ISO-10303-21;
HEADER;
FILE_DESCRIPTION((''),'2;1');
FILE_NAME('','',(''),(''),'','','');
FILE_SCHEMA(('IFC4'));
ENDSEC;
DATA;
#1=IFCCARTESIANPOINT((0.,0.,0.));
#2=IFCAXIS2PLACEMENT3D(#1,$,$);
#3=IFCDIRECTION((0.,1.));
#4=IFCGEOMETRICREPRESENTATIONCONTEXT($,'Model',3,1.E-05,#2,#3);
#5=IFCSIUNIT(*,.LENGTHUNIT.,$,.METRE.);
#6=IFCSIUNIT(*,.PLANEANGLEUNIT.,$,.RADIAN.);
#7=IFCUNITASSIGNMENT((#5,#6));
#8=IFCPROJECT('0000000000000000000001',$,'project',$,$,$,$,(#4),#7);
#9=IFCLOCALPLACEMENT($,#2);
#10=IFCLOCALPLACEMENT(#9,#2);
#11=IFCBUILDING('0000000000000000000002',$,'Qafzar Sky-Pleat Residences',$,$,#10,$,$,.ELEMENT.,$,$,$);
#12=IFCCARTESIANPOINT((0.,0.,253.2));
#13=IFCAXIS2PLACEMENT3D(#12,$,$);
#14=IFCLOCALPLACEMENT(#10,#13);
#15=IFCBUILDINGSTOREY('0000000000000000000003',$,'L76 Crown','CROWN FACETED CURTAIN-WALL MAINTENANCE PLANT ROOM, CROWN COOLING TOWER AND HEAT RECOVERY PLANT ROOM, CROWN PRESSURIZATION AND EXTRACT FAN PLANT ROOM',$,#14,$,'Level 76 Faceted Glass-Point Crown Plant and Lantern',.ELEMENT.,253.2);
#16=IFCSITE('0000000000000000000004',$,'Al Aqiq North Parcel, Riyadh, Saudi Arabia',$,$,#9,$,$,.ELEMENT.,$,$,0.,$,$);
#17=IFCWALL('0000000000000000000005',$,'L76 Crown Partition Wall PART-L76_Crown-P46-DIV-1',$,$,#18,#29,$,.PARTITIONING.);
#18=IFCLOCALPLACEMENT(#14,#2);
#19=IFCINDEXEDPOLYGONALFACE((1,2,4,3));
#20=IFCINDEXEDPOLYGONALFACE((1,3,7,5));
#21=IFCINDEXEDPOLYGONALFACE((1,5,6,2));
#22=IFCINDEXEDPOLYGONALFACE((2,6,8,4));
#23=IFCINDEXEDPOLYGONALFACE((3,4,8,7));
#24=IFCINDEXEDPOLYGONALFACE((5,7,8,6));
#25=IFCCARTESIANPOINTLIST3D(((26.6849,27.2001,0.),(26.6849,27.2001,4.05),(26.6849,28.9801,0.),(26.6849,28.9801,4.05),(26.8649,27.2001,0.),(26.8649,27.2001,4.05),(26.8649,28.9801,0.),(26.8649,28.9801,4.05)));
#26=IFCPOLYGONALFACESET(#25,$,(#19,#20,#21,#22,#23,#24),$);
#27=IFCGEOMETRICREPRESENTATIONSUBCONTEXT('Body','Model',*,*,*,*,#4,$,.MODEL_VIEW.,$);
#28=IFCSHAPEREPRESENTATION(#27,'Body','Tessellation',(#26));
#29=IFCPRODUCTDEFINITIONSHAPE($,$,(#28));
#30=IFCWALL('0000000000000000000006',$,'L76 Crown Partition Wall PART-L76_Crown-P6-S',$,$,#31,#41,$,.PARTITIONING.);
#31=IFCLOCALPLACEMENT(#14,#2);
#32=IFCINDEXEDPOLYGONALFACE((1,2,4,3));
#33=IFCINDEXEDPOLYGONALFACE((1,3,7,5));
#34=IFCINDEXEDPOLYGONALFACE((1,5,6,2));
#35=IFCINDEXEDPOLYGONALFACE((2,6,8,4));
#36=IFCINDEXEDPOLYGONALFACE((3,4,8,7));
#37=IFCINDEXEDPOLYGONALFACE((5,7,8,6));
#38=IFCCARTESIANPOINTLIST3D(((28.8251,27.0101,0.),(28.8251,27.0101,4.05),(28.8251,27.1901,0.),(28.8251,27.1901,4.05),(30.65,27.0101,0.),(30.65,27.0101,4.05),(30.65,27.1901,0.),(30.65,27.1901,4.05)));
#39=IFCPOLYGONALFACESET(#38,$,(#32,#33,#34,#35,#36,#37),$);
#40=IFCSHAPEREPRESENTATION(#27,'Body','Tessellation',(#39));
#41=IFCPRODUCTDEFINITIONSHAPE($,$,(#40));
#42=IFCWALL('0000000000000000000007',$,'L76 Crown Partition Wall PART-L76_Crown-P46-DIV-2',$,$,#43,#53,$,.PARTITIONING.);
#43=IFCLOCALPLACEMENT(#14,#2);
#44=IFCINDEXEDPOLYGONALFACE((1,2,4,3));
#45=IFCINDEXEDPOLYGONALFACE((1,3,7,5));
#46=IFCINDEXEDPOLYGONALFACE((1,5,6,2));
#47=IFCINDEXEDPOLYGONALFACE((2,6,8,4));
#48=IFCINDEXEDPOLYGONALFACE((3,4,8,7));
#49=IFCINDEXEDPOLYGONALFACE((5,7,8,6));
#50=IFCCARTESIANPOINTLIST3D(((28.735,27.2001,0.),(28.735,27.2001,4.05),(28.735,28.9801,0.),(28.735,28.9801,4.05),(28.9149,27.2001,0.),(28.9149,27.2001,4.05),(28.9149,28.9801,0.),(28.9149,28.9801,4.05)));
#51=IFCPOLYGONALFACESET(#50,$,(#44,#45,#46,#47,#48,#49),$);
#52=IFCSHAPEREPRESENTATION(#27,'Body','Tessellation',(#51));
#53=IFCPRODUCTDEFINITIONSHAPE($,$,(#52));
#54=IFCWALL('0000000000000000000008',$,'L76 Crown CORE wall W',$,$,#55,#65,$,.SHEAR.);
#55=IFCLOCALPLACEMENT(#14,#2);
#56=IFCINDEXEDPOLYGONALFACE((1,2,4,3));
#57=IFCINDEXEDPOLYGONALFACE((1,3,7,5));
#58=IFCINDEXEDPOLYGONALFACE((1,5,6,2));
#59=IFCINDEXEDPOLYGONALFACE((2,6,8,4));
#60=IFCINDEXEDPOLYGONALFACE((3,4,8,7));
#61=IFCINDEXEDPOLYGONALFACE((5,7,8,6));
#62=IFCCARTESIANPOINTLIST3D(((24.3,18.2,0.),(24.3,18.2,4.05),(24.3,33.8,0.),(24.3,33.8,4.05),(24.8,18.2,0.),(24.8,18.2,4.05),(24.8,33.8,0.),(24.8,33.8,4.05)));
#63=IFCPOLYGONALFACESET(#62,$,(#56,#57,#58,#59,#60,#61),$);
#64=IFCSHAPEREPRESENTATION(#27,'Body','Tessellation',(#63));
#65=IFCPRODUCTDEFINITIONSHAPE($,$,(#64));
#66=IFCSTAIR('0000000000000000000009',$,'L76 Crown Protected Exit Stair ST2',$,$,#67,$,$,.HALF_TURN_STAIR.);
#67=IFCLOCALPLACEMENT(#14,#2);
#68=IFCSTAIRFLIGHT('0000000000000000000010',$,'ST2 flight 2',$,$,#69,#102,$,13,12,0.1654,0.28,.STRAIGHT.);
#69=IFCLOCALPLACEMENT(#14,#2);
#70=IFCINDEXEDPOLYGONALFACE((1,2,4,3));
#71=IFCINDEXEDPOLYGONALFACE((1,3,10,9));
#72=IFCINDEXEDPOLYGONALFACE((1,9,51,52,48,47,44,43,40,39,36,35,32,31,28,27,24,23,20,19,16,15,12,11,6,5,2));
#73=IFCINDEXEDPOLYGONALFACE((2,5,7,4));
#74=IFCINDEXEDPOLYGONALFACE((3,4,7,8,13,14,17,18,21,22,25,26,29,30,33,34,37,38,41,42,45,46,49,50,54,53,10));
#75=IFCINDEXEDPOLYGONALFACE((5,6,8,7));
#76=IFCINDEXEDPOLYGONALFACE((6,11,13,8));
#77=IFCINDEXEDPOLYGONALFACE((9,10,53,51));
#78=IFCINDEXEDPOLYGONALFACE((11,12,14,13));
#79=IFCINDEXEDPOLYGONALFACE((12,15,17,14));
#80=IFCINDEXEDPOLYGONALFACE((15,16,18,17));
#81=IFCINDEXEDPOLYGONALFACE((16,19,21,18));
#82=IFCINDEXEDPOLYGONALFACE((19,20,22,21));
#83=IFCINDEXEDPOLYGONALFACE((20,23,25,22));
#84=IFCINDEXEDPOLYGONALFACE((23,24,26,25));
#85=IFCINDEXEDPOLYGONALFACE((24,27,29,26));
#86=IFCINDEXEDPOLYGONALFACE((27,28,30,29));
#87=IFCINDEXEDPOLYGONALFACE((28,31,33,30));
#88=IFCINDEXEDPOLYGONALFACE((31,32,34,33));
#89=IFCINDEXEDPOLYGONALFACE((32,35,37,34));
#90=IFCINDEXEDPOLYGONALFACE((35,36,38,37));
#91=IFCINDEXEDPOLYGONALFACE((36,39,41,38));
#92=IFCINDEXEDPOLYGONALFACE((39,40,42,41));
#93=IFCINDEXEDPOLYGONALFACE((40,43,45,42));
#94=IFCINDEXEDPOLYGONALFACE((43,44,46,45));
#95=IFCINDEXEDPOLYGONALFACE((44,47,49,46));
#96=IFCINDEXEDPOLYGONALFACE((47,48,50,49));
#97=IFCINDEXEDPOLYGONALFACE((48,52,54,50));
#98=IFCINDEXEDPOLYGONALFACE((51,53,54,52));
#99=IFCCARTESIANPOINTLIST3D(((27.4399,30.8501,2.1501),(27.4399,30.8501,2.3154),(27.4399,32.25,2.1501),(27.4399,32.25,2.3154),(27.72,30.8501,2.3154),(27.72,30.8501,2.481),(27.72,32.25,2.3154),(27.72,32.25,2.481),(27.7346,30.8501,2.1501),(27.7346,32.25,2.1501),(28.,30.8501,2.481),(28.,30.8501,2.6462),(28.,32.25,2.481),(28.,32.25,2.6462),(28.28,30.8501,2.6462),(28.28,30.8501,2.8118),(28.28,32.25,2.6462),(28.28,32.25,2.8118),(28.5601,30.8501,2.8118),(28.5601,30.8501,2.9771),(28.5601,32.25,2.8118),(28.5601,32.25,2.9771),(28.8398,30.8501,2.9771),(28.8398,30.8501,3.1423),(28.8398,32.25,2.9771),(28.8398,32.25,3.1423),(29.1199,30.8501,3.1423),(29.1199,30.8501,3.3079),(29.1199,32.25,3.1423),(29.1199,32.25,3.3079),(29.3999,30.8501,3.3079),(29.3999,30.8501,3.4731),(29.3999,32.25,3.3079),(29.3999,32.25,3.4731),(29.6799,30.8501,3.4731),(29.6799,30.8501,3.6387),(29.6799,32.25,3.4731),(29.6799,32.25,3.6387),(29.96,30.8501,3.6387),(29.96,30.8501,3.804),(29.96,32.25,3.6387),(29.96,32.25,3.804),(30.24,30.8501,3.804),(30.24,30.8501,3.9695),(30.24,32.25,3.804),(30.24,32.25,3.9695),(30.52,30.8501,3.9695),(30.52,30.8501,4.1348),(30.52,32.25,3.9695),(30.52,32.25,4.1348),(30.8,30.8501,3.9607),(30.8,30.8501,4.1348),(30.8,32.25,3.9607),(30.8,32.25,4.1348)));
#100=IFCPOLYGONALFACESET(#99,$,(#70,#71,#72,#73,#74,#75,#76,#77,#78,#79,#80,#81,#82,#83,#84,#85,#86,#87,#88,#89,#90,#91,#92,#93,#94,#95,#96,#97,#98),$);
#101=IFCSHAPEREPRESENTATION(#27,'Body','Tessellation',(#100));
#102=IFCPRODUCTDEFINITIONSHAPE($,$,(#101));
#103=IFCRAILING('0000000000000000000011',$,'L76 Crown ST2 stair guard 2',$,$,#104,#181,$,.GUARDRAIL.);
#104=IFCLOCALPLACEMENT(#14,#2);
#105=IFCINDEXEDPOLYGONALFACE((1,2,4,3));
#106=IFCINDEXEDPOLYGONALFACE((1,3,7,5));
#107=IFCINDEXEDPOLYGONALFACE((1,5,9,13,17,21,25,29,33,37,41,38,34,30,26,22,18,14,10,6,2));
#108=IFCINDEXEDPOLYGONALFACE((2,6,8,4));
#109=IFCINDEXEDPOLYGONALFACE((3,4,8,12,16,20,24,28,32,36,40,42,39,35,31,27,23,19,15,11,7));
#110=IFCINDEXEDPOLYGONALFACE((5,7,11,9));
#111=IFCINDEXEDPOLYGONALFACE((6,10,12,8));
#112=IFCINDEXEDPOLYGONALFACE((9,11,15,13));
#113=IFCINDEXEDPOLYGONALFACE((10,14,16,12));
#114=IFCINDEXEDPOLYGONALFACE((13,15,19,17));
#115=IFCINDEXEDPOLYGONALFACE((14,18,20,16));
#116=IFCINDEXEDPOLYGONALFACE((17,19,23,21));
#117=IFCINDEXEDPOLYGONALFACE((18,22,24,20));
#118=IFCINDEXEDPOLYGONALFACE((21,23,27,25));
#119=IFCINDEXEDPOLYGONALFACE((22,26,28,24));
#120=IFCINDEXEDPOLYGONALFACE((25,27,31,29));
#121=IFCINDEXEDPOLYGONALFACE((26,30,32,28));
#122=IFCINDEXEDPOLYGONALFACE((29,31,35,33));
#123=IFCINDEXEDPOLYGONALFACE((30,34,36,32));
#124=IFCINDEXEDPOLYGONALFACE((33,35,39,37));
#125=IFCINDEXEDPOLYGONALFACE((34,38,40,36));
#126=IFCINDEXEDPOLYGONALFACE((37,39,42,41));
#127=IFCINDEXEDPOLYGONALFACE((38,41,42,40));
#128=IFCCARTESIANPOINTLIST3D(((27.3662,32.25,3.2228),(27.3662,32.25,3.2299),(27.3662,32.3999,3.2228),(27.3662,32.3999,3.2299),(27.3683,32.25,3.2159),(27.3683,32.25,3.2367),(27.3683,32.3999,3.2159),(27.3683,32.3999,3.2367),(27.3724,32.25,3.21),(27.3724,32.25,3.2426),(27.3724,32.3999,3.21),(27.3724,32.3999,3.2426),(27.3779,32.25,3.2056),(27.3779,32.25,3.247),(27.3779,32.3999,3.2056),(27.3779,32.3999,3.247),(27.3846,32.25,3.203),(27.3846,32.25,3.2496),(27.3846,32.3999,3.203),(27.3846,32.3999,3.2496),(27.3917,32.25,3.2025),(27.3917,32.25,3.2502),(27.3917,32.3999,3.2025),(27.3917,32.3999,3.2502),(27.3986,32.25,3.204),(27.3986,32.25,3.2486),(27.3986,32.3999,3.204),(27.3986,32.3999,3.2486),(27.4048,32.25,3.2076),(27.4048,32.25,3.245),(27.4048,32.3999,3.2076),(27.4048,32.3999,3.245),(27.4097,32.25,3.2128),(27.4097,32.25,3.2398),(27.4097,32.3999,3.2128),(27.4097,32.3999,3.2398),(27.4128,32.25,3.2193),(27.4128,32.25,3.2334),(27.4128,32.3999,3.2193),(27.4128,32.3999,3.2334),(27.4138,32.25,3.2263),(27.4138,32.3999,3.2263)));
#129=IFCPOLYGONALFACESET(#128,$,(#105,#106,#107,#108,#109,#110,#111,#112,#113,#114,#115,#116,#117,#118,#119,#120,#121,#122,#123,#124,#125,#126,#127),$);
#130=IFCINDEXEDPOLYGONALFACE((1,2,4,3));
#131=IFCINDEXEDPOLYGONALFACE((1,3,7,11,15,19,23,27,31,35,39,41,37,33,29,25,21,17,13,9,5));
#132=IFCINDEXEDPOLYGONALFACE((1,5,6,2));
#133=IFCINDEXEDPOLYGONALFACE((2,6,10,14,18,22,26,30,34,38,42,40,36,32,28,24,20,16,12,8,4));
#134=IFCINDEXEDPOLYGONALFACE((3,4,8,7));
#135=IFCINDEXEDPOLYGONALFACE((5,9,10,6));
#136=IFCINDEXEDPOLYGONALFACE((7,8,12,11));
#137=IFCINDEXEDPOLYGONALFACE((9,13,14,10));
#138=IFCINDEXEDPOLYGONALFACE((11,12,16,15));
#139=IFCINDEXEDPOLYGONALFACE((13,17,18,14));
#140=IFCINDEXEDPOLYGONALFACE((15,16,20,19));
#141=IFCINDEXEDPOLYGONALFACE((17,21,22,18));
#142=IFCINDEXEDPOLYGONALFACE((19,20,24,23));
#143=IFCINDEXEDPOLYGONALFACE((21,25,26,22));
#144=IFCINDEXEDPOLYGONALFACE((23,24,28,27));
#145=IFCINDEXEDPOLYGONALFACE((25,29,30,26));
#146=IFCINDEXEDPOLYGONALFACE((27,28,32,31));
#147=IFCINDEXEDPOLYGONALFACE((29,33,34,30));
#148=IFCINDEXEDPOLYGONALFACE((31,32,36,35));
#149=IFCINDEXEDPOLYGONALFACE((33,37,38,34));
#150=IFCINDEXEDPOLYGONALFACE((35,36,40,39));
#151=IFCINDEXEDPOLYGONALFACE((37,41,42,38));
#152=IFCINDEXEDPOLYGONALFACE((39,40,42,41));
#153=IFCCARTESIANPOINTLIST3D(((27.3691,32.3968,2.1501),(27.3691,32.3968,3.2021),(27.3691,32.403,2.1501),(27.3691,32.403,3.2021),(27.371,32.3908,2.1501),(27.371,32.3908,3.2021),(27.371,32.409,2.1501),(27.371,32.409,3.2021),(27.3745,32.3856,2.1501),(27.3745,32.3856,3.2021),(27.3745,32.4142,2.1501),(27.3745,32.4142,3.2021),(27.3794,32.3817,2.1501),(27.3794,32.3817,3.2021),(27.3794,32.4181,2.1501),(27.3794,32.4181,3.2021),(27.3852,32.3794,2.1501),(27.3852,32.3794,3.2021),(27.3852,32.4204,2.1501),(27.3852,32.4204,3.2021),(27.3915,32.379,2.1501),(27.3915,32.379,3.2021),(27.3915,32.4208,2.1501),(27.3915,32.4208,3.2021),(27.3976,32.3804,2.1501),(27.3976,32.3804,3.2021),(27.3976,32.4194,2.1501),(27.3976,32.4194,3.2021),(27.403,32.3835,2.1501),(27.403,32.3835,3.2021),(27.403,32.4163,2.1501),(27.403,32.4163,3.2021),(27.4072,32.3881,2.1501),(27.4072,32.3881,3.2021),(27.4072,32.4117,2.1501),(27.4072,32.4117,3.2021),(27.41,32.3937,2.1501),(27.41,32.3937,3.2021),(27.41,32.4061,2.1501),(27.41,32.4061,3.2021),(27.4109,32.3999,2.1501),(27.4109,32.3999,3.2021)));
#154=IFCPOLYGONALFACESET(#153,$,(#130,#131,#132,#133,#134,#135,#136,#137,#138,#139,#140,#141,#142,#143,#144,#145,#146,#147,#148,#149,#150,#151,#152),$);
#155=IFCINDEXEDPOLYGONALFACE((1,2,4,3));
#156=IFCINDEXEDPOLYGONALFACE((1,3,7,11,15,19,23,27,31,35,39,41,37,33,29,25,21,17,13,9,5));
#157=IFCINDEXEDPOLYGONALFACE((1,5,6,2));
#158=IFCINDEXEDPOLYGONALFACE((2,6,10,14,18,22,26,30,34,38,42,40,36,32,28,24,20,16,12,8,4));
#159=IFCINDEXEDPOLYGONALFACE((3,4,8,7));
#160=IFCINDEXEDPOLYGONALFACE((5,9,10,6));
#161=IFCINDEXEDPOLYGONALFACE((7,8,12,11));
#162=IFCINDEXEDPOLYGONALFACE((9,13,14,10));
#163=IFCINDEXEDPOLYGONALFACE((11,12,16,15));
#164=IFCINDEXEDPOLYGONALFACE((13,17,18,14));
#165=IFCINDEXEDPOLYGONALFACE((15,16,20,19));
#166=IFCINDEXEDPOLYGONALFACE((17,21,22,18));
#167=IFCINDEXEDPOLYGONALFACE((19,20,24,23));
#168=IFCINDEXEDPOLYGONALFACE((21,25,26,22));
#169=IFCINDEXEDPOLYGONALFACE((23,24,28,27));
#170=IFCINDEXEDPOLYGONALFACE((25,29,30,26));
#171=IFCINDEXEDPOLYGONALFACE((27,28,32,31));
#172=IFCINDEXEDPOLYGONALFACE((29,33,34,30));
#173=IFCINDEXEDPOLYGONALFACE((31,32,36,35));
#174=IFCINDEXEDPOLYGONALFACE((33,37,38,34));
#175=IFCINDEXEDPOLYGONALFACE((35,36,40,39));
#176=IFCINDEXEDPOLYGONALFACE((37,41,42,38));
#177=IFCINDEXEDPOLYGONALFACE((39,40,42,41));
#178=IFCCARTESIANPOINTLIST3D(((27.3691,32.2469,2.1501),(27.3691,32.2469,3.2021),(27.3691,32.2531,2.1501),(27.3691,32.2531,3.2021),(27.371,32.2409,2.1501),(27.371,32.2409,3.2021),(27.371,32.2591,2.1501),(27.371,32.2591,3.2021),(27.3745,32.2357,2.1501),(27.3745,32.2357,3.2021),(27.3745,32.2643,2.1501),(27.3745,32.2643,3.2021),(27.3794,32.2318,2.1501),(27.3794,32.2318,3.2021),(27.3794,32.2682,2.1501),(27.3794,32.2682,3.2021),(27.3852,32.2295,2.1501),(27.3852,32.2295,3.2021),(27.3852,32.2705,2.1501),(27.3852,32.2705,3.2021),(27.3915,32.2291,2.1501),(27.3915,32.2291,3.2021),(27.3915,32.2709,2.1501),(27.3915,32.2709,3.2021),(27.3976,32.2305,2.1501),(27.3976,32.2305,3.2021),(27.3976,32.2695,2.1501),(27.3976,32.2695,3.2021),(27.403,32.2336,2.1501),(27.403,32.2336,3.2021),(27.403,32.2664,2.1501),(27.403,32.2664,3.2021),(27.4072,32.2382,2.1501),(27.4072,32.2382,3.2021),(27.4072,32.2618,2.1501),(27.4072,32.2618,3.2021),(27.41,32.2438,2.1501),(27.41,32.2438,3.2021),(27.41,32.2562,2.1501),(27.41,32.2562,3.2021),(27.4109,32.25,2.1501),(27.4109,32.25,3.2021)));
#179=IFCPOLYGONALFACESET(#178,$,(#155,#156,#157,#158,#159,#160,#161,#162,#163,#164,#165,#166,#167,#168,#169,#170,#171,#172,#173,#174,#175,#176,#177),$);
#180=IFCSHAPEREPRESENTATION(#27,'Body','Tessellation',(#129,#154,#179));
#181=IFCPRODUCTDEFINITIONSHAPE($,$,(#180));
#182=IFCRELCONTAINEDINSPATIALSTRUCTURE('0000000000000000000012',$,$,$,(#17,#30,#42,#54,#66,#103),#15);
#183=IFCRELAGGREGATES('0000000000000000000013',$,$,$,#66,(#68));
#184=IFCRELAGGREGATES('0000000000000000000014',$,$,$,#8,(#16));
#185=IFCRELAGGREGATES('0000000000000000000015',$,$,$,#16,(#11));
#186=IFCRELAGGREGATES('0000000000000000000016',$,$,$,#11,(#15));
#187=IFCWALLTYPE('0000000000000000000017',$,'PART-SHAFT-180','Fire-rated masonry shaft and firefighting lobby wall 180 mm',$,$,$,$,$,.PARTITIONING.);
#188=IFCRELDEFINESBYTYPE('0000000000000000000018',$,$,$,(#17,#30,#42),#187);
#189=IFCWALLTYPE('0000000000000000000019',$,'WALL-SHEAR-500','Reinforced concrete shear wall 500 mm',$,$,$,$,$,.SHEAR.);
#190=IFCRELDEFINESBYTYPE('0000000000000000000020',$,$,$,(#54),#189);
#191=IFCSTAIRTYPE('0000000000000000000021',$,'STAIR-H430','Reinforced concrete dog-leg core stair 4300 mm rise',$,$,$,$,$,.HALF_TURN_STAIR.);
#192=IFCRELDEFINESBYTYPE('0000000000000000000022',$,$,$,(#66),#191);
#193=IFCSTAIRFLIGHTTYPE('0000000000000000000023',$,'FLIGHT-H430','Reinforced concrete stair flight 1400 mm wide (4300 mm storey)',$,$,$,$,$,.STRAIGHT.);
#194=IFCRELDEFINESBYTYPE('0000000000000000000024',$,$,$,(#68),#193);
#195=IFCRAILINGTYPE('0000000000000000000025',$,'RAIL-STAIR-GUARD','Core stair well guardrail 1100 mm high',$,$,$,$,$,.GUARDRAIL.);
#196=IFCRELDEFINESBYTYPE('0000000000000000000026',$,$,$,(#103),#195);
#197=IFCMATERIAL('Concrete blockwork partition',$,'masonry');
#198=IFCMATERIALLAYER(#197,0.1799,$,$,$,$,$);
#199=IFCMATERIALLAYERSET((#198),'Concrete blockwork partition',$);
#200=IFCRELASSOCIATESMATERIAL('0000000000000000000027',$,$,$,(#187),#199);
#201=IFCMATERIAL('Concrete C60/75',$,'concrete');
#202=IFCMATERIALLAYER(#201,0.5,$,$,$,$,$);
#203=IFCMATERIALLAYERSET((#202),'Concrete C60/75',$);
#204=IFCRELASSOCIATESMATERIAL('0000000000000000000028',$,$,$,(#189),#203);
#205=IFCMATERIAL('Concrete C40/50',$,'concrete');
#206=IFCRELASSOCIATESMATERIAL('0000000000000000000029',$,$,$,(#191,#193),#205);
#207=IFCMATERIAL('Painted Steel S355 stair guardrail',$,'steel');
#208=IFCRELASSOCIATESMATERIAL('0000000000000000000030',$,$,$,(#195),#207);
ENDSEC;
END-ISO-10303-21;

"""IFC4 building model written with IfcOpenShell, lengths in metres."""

from ifc_helpers import new_model, si_unit, direction, frame, frame_2d, origin, origin_2d, place, context, subcontext, project, spatial, polyline, rectangle, circle, outline, extrude, source, transform, mapped, material, layer, layer_set, type_object, element, aggregate, save


model = new_model("IFC4")

# Units and contexts
model_context = context("Model", 3, precision=1e-05, world=origin(), true_north=direction((0.0, 1.0)))
body_context = subcontext(model_context, "Body", "Model", "MODEL_VIEW")
ifc_project = project(units=[si_unit("LENGTHUNIT", "METRE"), si_unit("PLANEANGLEUNIT", "RADIAN")], contexts=[model_context])

# Site, building, storey
site_placement = place(None, origin())
site = spatial("IfcSite", under=ifc_project, at=site_placement, Name="Al Aqiq North Parcel, Riyadh, Saudi Arabia", CompositionType="ELEMENT", RefElevation=0.0)
building_placement = place(site_placement, origin())
building = spatial("IfcBuilding", under=site, at=building_placement, Name="Qafzar Sky-Pleat Residences", CompositionType="ELEMENT")
storey_placement = place(building_placement, frame((0.0, 0.0, 253.2)))
storey = spatial("IfcBuildingStorey", under=building, at=storey_placement, Name="L76 Crown", Description="CROWN FACETED CURTAIN-WALL MAINTENANCE PLANT ROOM, CROWN COOLING TOWER AND HEAT RECOVERY PLANT ROOM, CROWN PRESSURIZATION AND EXTRACT FAN PLANT ROOM", LongName="Level 76 Faceted Glass-Point Crown Plant and Lantern", CompositionType="ELEMENT", Elevation=253.2)

# Walls
ifc_material_1 = material(Name="Concrete blockwork partition", Category="masonry")
ifc_layer_1 = layer(ifc_material_1, 0.1799)
ifc_layer_set_1 = layer_set([ifc_layer_1], Name="Concrete blockwork partition")
wall_type_1 = type_object("IfcWallType", Name="PART-SHAFT-180", Description="Fire-rated masonry shaft and firefighting lobby wall 180 mm", PredefinedType="PARTITIONING", material=ifc_layer_set_1)
wall_1_placement = place(storey_placement, frame((26.7749, 27.2, 0.0), z_axis=(0.0, 0.0, 1.0), x_axis=(0.0, 1.0, 0.0)))
element("IfcWall", 1, at=wall_1_placement, inside=storey, type_object=wall_type_1, Name="L76 Crown Partition Wall PART-L76_Crown-P46-DIV-1", PredefinedType="PARTITIONING", context=body_context, shape_type="SweptSolid", body=[
    extrude(rectangle(XDim=1.78, YDim=0.1799, at=frame_2d((0.8901, 0.0))), origin(), (0.0, 0.0, 1.0), 4.05),
])
wall_2_placement = place(storey_placement, frame((28.825, 27.1001, 0.0), z_axis=(0.0, 0.0, 1.0), x_axis=(1.0, 0.0, 0.0)))
element("IfcWall", 2, at=wall_2_placement, inside=storey, type_object=wall_type_1, Name="L76 Crown Partition Wall PART-L76_Crown-P6-S", PredefinedType="PARTITIONING", context=body_context, shape_type="SweptSolid", body=[
    extrude(rectangle(XDim=1.825, YDim=0.1799, at=frame_2d((0.9126, 0.0))), origin(), (0.0, 0.0, 1.0), 4.05),
])
wall_3_placement = place(storey_placement, frame((28.825, 27.2, 0.0), z_axis=(0.0, 0.0, 1.0), x_axis=(0.0, 1.0, 0.0)))
element("IfcWall", 3, at=wall_3_placement, inside=storey, type_object=wall_type_1, Name="L76 Crown Partition Wall PART-L76_Crown-P46-DIV-2", PredefinedType="PARTITIONING", context=body_context, shape_type="SweptSolid", body=[
    extrude(rectangle(XDim=1.78, YDim=0.1799, at=frame_2d((0.8901, 0.0))), origin(), (0.0, 0.0, 1.0), 4.05),
])

# Shared definitions
ifc_material_2 = material(Name="Concrete C60/75", Category="concrete")

# Wall
ifc_layer_2 = layer(ifc_material_2, 0.5)
ifc_layer_set_2 = layer_set([ifc_layer_2], Name="Concrete C60/75")
wall_type_2 = type_object("IfcWallType", Name="WALL-SHEAR-500", Description="Reinforced concrete shear wall 500 mm", PredefinedType="SHEAR", material=ifc_layer_set_2)
wall_4_placement = place(storey_placement, frame((24.55, 33.8, 0.0), z_axis=(0.0, 0.0, 1.0), x_axis=(0.0, -1.0, 0.0)))
element("IfcWall", 4, at=wall_4_placement, inside=storey, type_object=wall_type_2, Name="L76 Crown CORE wall W", PredefinedType="SHEAR", context=body_context, shape_type="SweptSolid", body=[
    extrude(rectangle(XDim=15.6001, YDim=0.5, at=frame_2d((7.8, 0.0))), origin(), (0.0, 0.0, 1.0), 4.05),
])

# Stair, stair flight
ifc_material_3 = material(Name="Concrete C40/50", Category="concrete")
stair_type = type_object("IfcStairType", Name="STAIR-H430", Description="Reinforced concrete dog-leg core stair 4300 mm rise", PredefinedType="HALF_TURN_STAIR", material=ifc_material_3)
stair_placement = place(storey_placement, origin())
stair = element("IfcStair", 5, at=stair_placement, inside=storey, type_object=stair_type, Name="L76 Crown Protected Exit Stair ST2", PredefinedType="HALF_TURN_STAIR")
stair_flight_type = type_object("IfcStairFlightType", Name="FLIGHT-H430", Description="Reinforced concrete stair flight 1400 mm wide (4300 mm storey)", PredefinedType="STRAIGHT", material=ifc_material_3)
shared_shape_1 = source(origin(), body_context, "Body", "SweptSolid", [
    extrude(outline(polyline([(0.0, 0.0), (0.0, 0.1653), (0.28, 0.1653), (0.28, 0.3308), (0.5601, 0.3308), (0.5601, 0.4961), (0.8401, 0.4961), (0.8401, 0.6616), (1.1201, 0.6616), (1.1201, 0.8269), (1.3999, 0.8269), (1.3999, 0.9922), (1.6799, 0.9922), (1.6799, 1.1577), (1.96, 1.1577), (1.96, 1.323), (2.24, 1.323), (2.24, 1.4885), (2.52, 1.4885), (2.52, 1.6538), (2.8, 1.6538), (2.8, 1.8193), (3.0801, 1.8193), (3.0801, 1.9846), (3.3601, 1.9846), (3.3601, 2.1499), (3.3601, 1.8105), (0.2947, 0.0), (0.0, 0.0)])), frame((0.0, 0.7, 0.0), z_axis=(0.0, -1.0, 0.0), x_axis=(1.0, 0.0, 0.0)), (0.0, 0.0, 1.0), 1.3999),
])
stair_flight_placement = place(storey_placement, frame((27.4399, 31.55, 2.1501), z_axis=(0.0, 0.0, 1.0), x_axis=(1.0, 0.0, 0.0)))
stair_flight = element("IfcStairFlight", 6, at=stair_flight_placement, type_object=stair_flight_type, Name="ST2 flight 2", NumberOfRisers=13, NumberOfTreads=12, PredefinedType="STRAIGHT", RiserHeight=0.1654, TreadLength=0.28, context=body_context, shape_type="MappedRepresentation", body=[
    mapped(shared_shape_1, transform((0.0, 0.0, 0.0), x_axis=(1.0, 0.0, 0.0), y_axis=(0.0, 1.0, 0.0), z_axis=(0.0, 0.0, 1.0), scale=1.0)),
])
aggregate(stair, [stair_flight])

# Railing
ifc_material_4 = material(Name="Painted Steel S355 stair guardrail", Category="steel")
railing_type_1 = type_object("IfcRailingType", Name="RAIL-STAIR-GUARD", Description="Core stair well guardrail 1100 mm high", PredefinedType="GUARDRAIL", material=ifc_material_4)
shared_shape_2 = source(origin(), body_context, "Body", "SweptSolid", [
    extrude(circle(Radius=0.0239, at=origin_2d()), frame((0.0, 0.0, 1.0762), z_axis=(0.0, -1.0, 0.0), x_axis=(1.0, 0.0, 0.0)), (0.0, 0.0, 1.0), 0.1499),
    extrude(circle(Radius=0.021, at=origin_2d()), origin(), (0.0, 0.0, 1.0), 1.052),
    extrude(circle(Radius=0.021, at=origin_2d()), frame((0.0, -0.1499, 0.0)), (0.0, 0.0, 1.0), 1.052),
])
railing_1_placement = place(storey_placement, frame((27.3899, 32.3999, 2.1501)))
element("IfcRailing", 7, at=railing_1_placement, inside=storey, type_object=railing_type_1, Name="L76 Crown ST2 stair guard 2", PredefinedType="GUARDRAIL", context=body_context, shape_type="MappedRepresentation", body=[
    mapped(shared_shape_2, transform((0.0, 0.0, 0.0), x_axis=(1.0, 0.0, 0.0), y_axis=(0.0, 1.0, 0.0), z_axis=(0.0, 0.0, 1.0), scale=1.0)),
])

save(model, "model.ifc")
